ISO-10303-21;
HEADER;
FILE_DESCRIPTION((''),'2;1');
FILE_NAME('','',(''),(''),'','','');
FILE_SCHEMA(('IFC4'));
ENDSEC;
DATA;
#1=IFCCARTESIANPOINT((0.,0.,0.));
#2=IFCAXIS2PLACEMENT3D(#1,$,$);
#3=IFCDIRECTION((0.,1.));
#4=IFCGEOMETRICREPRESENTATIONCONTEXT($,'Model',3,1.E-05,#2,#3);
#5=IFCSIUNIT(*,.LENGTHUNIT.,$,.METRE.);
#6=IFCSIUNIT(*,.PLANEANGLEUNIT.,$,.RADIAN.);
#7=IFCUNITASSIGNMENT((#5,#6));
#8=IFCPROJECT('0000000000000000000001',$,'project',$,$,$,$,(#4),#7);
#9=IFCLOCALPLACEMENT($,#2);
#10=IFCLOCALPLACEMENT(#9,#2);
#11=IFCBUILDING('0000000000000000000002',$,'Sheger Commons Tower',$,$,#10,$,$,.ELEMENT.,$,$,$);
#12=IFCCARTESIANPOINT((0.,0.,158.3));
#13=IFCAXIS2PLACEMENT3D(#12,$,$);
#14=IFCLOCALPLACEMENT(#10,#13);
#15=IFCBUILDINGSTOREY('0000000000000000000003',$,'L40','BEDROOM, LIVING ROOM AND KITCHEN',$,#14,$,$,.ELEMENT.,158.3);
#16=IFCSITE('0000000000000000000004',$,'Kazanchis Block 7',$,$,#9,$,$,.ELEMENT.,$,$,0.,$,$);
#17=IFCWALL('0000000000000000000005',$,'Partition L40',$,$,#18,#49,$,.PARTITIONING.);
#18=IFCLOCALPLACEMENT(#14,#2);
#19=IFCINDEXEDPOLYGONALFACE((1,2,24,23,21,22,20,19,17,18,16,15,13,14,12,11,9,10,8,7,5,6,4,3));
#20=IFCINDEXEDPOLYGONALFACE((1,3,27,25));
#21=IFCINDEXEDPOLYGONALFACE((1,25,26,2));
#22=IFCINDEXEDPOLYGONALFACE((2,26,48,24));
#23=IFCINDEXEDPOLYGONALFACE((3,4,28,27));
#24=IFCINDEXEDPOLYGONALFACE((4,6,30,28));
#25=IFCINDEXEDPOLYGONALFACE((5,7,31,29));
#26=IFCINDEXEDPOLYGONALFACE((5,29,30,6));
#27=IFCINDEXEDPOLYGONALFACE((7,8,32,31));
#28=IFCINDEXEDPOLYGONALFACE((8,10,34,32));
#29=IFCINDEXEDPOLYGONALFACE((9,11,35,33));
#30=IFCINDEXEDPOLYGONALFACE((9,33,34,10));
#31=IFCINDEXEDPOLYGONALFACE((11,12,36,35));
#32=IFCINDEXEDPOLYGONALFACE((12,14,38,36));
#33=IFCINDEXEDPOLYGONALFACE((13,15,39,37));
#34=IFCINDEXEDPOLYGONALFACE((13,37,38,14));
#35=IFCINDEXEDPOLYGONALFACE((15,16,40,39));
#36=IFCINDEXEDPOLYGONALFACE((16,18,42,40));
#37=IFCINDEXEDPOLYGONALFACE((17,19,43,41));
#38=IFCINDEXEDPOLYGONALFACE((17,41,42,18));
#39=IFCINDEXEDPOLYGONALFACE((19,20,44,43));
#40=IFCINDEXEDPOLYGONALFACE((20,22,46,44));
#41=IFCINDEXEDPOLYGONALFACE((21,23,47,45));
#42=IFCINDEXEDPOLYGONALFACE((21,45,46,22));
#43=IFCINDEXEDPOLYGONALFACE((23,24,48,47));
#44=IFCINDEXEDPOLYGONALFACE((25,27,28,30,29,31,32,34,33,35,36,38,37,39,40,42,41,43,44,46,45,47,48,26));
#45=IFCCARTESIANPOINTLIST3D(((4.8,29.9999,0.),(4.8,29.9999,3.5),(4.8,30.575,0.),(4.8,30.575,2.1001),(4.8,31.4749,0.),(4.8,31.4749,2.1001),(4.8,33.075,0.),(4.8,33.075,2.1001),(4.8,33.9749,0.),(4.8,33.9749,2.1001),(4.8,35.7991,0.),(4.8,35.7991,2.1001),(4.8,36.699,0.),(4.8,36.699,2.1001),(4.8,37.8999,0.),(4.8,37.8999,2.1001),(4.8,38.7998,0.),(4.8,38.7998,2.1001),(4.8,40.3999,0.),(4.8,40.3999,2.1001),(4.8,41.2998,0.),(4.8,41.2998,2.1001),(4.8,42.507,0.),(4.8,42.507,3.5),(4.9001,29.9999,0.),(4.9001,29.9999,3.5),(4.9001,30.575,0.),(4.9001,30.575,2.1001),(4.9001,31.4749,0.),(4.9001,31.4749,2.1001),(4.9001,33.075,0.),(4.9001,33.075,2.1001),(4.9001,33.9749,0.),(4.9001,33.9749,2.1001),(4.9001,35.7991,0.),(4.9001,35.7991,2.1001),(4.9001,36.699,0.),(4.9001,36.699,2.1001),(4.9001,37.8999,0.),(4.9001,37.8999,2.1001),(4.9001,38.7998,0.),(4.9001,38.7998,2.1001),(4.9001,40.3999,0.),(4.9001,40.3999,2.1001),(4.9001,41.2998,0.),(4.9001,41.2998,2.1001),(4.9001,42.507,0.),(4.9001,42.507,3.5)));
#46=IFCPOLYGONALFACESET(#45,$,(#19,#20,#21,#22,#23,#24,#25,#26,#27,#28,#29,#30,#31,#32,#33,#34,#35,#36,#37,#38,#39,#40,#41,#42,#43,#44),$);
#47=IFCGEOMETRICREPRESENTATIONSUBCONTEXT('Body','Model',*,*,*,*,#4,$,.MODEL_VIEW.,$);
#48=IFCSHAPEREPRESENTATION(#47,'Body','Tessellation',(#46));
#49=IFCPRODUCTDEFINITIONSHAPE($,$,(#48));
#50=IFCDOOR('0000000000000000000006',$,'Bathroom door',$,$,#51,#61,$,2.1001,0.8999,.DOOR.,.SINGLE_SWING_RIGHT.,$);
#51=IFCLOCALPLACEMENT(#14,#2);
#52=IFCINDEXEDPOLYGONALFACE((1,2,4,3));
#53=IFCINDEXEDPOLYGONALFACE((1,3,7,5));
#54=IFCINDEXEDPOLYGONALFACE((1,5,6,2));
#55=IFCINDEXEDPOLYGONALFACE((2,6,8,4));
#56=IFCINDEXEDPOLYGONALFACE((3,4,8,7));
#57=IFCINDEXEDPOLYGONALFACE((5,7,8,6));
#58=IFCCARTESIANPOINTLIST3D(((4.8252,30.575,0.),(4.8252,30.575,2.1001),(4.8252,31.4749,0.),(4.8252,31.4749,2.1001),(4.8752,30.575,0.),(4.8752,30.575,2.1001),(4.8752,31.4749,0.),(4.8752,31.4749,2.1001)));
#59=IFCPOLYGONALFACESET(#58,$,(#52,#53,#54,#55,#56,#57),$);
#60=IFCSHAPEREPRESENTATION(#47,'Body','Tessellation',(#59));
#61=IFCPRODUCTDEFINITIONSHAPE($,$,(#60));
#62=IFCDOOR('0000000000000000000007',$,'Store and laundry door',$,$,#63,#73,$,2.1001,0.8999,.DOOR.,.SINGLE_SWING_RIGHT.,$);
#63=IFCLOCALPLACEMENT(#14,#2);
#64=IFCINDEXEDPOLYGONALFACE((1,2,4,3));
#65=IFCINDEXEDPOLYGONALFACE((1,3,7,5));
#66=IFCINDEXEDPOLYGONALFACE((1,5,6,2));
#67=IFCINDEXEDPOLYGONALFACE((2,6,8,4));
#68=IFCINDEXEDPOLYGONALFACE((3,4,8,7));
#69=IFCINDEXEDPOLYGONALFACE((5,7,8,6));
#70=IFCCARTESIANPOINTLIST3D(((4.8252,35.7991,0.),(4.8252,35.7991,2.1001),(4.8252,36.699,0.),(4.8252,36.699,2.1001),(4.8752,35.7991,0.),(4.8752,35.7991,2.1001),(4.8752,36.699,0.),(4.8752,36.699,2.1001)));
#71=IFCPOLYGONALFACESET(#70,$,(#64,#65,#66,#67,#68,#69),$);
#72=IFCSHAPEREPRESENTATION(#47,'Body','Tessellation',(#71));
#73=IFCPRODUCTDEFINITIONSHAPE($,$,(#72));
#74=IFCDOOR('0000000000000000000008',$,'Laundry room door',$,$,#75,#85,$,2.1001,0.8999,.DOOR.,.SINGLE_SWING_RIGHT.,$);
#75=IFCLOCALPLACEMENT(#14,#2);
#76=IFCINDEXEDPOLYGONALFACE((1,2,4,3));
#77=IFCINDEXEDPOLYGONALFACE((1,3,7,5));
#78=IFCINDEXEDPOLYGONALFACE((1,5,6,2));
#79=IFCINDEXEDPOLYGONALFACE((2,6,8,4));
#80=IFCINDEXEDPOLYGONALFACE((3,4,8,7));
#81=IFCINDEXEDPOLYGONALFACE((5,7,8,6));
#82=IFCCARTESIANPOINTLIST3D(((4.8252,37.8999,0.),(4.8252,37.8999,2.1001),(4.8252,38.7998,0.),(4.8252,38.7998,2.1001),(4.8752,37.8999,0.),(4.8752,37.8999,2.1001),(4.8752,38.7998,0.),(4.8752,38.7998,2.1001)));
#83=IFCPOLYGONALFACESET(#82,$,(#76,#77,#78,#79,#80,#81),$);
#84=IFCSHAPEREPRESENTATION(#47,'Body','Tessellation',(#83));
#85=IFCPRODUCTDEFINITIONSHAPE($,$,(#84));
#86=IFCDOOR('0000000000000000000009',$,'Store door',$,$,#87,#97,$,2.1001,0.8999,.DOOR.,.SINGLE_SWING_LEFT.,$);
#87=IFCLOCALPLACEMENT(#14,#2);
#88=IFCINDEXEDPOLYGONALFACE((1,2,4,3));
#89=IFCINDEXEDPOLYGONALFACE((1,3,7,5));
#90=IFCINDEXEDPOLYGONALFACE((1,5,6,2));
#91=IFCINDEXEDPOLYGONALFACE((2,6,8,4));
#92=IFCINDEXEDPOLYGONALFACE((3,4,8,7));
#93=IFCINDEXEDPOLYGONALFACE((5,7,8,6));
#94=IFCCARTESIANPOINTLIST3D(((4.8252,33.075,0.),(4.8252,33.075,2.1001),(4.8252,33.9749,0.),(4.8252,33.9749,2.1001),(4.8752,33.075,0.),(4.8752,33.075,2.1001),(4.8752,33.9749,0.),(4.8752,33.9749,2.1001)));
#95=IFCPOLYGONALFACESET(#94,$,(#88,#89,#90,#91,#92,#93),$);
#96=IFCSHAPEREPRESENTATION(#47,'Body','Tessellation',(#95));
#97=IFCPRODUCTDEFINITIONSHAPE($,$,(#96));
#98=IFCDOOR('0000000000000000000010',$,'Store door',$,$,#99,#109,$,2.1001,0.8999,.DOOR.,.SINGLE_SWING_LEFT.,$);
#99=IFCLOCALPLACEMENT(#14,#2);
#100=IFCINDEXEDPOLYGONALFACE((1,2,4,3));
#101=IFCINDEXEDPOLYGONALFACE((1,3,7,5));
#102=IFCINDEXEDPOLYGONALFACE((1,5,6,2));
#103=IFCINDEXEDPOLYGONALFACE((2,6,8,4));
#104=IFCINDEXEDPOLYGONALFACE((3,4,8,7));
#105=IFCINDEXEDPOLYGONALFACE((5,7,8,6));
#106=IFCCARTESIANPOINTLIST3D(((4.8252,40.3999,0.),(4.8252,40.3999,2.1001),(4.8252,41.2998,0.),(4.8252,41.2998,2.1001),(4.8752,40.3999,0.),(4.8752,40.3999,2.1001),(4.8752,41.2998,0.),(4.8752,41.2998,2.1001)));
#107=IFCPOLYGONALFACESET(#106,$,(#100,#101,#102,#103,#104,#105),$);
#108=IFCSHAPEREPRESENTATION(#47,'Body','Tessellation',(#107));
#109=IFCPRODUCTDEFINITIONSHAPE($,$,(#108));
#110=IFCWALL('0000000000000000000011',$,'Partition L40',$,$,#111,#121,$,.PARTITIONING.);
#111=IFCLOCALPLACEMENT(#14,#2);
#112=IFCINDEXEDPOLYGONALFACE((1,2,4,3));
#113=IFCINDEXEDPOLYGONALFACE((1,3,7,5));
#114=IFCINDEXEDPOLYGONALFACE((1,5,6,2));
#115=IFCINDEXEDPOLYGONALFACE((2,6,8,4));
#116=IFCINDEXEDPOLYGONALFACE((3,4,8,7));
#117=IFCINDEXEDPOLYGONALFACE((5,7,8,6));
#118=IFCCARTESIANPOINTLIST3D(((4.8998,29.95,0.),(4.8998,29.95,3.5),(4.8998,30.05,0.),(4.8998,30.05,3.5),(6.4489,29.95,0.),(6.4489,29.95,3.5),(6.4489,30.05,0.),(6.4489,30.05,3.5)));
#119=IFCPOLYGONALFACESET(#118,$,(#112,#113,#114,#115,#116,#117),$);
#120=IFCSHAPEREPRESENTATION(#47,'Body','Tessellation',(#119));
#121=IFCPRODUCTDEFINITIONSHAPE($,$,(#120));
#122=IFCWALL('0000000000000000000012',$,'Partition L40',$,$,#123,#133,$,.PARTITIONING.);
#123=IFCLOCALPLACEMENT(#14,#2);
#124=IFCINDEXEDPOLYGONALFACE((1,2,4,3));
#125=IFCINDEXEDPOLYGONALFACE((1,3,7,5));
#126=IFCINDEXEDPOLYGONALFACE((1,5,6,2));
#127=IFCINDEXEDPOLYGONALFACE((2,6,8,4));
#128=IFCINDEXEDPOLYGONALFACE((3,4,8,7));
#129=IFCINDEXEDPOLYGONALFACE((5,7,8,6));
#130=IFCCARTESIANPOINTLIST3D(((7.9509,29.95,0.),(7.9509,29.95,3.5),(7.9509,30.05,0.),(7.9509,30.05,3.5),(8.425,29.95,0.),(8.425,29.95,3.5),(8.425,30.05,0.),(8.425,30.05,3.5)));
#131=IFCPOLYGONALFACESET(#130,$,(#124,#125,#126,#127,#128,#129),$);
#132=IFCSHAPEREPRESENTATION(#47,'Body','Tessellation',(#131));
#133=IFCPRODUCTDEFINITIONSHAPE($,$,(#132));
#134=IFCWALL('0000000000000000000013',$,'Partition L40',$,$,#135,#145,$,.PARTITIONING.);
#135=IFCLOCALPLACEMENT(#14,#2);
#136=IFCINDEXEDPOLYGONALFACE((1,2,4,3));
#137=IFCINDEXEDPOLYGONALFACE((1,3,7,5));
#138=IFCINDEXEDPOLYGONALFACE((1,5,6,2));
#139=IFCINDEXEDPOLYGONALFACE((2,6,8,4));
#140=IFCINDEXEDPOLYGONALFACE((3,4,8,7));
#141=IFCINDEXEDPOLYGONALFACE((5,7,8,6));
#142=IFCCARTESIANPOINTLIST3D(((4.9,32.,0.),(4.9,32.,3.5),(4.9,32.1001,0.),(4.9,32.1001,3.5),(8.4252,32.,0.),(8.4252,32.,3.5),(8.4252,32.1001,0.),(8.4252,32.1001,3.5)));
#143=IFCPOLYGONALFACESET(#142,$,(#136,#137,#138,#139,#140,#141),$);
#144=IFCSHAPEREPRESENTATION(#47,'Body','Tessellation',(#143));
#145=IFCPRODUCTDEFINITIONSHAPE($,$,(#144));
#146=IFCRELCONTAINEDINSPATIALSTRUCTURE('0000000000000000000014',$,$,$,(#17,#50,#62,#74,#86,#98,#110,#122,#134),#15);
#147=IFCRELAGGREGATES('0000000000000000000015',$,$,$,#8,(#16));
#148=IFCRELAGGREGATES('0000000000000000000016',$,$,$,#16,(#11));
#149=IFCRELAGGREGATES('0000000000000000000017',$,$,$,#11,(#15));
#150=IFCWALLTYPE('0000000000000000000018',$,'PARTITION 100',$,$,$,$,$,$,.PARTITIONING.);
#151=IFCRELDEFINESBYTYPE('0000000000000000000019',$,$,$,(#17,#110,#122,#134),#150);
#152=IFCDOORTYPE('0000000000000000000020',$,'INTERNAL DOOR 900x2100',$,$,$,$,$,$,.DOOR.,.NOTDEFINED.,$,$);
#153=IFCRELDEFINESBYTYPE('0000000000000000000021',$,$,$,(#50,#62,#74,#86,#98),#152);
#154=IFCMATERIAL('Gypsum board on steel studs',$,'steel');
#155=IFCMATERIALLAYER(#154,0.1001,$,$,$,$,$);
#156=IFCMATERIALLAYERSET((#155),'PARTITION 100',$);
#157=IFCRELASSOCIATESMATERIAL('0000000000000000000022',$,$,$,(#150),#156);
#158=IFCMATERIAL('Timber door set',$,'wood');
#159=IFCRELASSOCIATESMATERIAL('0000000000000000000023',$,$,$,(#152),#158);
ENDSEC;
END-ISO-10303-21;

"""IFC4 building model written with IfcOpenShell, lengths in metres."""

from ifc_helpers import new_model, si_unit, direction, frame, frame_2d, origin, place, context, subcontext, project, spatial, rectangle, extrude, material, layer, layer_set, type_object, element, fill, save


model = new_model("IFC4")

# Units and contexts
model_context = context("Model", 3, precision=1e-05, world=origin(), true_north=direction((0.0, 1.0)))
body_context = subcontext(model_context, "Body", "Model", "MODEL_VIEW")
ifc_project = project(units=[si_unit("LENGTHUNIT", "METRE"), si_unit("PLANEANGLEUNIT", "RADIAN")], contexts=[model_context])

# Site, building, storey
site_placement = place(None, origin())
site = spatial("IfcSite", under=ifc_project, at=site_placement, Name="Kazanchis Block 7", CompositionType="ELEMENT", RefElevation=0.0)
building_placement = place(site_placement, origin())
building = spatial("IfcBuilding", under=site, at=building_placement, Name="Sheger Commons Tower", CompositionType="ELEMENT")
storey_placement = place(building_placement, frame((0.0, 0.0, 158.3)))
storey = spatial("IfcBuildingStorey", under=building, at=storey_placement, Name="L40", Description="BEDROOM, LIVING ROOM AND KITCHEN", CompositionType="ELEMENT", Elevation=158.3)

# Shared definitions
ifc_material_1 = material(Name="Gypsum board on steel studs", Category="steel")
ifc_layer_1 = layer(ifc_material_1, 0.1001)
ifc_layer_set_1 = layer_set([ifc_layer_1], Name="PARTITION 100")
wall_type_1 = type_object("IfcWallType", Name="PARTITION 100", PredefinedType="PARTITIONING", material=ifc_layer_set_1)

# Wall, openings, doors
wall_1_placement = place(storey_placement, frame((4.8501, 30.0, 0.0), z_axis=(0.0, 0.0, 1.0), x_axis=(0.0, 1.0, 0.0)))
wall_1 = element("IfcWall", 1, at=wall_1_placement, inside=storey, type_object=wall_type_1, Name="Partition L40", PredefinedType="PARTITIONING", context=body_context, shape_type="SweptSolid", body=[
    extrude(rectangle(XDim=12.5071, YDim=0.1001, at=frame_2d((6.2534, 0.0))), origin(), (0.0, 0.0, 1.0), 3.5),
])
opening_1_placement = place(wall_1_placement, frame((0.575, 0.0, 0.0)))
opening_1 = element("IfcOpeningElement", 2, at=opening_1_placement, cuts=wall_1, PredefinedType="OPENING", context=body_context, shape_type="SweptSolid", body=[
    extrude(rectangle(XDim=0.8999, YDim=2.1001, at=frame_2d((0.45, 1.05))), frame((0.0, 0.0601, 0.0), z_axis=(0.0, -1.0, 0.0), x_axis=(1.0, 0.0, 0.0)), (0.0, 0.0, 1.0), 0.1201),
])
opening_2_placement = place(wall_1_placement, frame((5.7991, 0.0, 0.0)))
opening_2 = element("IfcOpeningElement", 3, at=opening_2_placement, cuts=wall_1, PredefinedType="OPENING", context=body_context, shape_type="SweptSolid", body=[
    extrude(rectangle(XDim=0.8999, YDim=2.1001, at=frame_2d((0.45, 1.05))), frame((0.0, 0.0601, 0.0), z_axis=(0.0, -1.0, 0.0), x_axis=(1.0, 0.0, 0.0)), (0.0, 0.0, 1.0), 0.1201),
])
opening_3_placement = place(wall_1_placement, frame((7.8999, 0.0, 0.0)))
opening_3 = element("IfcOpeningElement", 4, at=opening_3_placement, cuts=wall_1, PredefinedType="OPENING", context=body_context, shape_type="SweptSolid", body=[
    extrude(rectangle(XDim=0.8999, YDim=2.1001, at=frame_2d((0.45, 1.05))), frame((0.0, 0.0601, 0.0), z_axis=(0.0, -1.0, 0.0), x_axis=(1.0, 0.0, 0.0)), (0.0, 0.0, 1.0), 0.1201),
])
opening_4_placement = place(wall_1_placement, frame((3.075, 0.0, 0.0)))
opening_4 = element("IfcOpeningElement", 5, at=opening_4_placement, cuts=wall_1, PredefinedType="OPENING", context=body_context, shape_type="SweptSolid", body=[
    extrude(rectangle(XDim=0.8999, YDim=2.1001, at=frame_2d((0.45, 1.05))), frame((0.0, 0.0601, 0.0), z_axis=(0.0, -1.0, 0.0), x_axis=(1.0, 0.0, 0.0)), (0.0, 0.0, 1.0), 0.1201),
])
opening_5_placement = place(wall_1_placement, frame((10.3999, 0.0, 0.0)))
opening_5 = element("IfcOpeningElement", 6, at=opening_5_placement, cuts=wall_1, PredefinedType="OPENING", context=body_context, shape_type="SweptSolid", body=[
    extrude(rectangle(XDim=0.8999, YDim=2.1001, at=frame_2d((0.45, 1.05))), frame((0.0, 0.0601, 0.0), z_axis=(0.0, -1.0, 0.0), x_axis=(1.0, 0.0, 0.0)), (0.0, 0.0, 1.0), 0.1201),
])
ifc_material_2 = material(Name="Timber door set", Category="wood")
door_type_1 = type_object("IfcDoorType", Name="INTERNAL DOOR 900x2100", OperationType="NOTDEFINED", PredefinedType="DOOR", material=ifc_material_2)
door_1_placement = place(opening_1_placement, origin())
door_1 = element("IfcDoor", 7, at=door_1_placement, inside=storey, type_object=door_type_1, Name="Bathroom door", OperationType="SINGLE_SWING_RIGHT", OverallHeight=2.1001, OverallWidth=0.8999, PredefinedType="DOOR", context=body_context, shape_type="SweptSolid", body=[
    extrude(rectangle(XDim=0.8999, YDim=2.1001, at=frame_2d((0.45, 1.05))), frame((0.0, 0.0249, 0.0), z_axis=(0.0, -1.0, 0.0), x_axis=(1.0, 0.0, 0.0)), (0.0, 0.0, 1.0), 0.05),
])
fill(opening_1, door_1)
door_2_placement = place(opening_2_placement, origin())
door_2 = element("IfcDoor", 8, at=door_2_placement, inside=storey, type_object=door_type_1, Name="Store and laundry door", OperationType="SINGLE_SWING_RIGHT", OverallHeight=2.1001, OverallWidth=0.8999, PredefinedType="DOOR", context=body_context, shape_type="SweptSolid", body=[
    extrude(rectangle(XDim=0.8999, YDim=2.1001, at=frame_2d((0.45, 1.05))), frame((0.0, 0.0249, 0.0), z_axis=(0.0, -1.0, 0.0), x_axis=(1.0, 0.0, 0.0)), (0.0, 0.0, 1.0), 0.05),
])
fill(opening_2, door_2)
door_3_placement = place(opening_3_placement, origin())
door_3 = element("IfcDoor", 9, at=door_3_placement, inside=storey, type_object=door_type_1, Name="Laundry room door", OperationType="SINGLE_SWING_RIGHT", OverallHeight=2.1001, OverallWidth=0.8999, PredefinedType="DOOR", context=body_context, shape_type="SweptSolid", body=[
    extrude(rectangle(XDim=0.8999, YDim=2.1001, at=frame_2d((0.45, 1.05))), frame((0.0, 0.0249, 0.0), z_axis=(0.0, -1.0, 0.0), x_axis=(1.0, 0.0, 0.0)), (0.0, 0.0, 1.0), 0.05),
])
fill(opening_3, door_3)
door_4_placement = place(opening_4_placement, origin())
door_4 = element("IfcDoor", 10, at=door_4_placement, inside=storey, type_object=door_type_1, Name="Store door", OperationType="SINGLE_SWING_LEFT", OverallHeight=2.1001, OverallWidth=0.8999, PredefinedType="DOOR", context=body_context, shape_type="SweptSolid", body=[
    extrude(rectangle(XDim=0.8999, YDim=2.1001, at=frame_2d((0.45, 1.05))), frame((0.0, 0.0249, 0.0), z_axis=(0.0, -1.0, 0.0), x_axis=(1.0, 0.0, 0.0)), (0.0, 0.0, 1.0), 0.05),
])
fill(opening_4, door_4)
door_5_placement = place(opening_5_placement, origin())
door_5 = element("IfcDoor", 11, at=door_5_placement, inside=storey, type_object=door_type_1, Name="Store door", OperationType="SINGLE_SWING_LEFT", OverallHeight=2.1001, OverallWidth=0.8999, PredefinedType="DOOR", context=body_context, shape_type="SweptSolid", body=[
    extrude(rectangle(XDim=0.8999, YDim=2.1001, at=frame_2d((0.45, 1.05))), frame((0.0, 0.0249, 0.0), z_axis=(0.0, -1.0, 0.0), x_axis=(1.0, 0.0, 0.0)), (0.0, 0.0, 1.0), 0.05),
])
fill(opening_5, door_5)

# Walls
wall_2_placement = place(storey_placement, frame((4.8999, 30.0, 0.0), z_axis=(0.0, 0.0, 1.0), x_axis=(1.0, 0.0, 0.0)))
element("IfcWall", 12, at=wall_2_placement, inside=storey, type_object=wall_type_1, Name="Partition L40", PredefinedType="PARTITIONING", context=body_context, shape_type="SweptSolid", body=[
    extrude(rectangle(XDim=1.5491, YDim=0.1001, at=frame_2d((0.7744, 0.0))), origin(), (0.0, 0.0, 1.0), 3.5),
])
wall_3_placement = place(storey_placement, frame((7.9509, 30.0, 0.0), z_axis=(0.0, 0.0, 1.0), x_axis=(1.0, 0.0, 0.0)))
element("IfcWall", 13, at=wall_3_placement, inside=storey, type_object=wall_type_1, Name="Partition L40", PredefinedType="PARTITIONING", context=body_context, shape_type="SweptSolid", body=[
    extrude(rectangle(XDim=0.4741, YDim=0.1001, at=frame_2d((0.2371, 0.0))), origin(), (0.0, 0.0, 1.0), 3.5),
])
wall_4_placement = place(storey_placement, frame((4.8999, 32.05, 0.0), z_axis=(0.0, 0.0, 1.0), x_axis=(1.0, 0.0, 0.0)))
element("IfcWall", 14, at=wall_4_placement, inside=storey, type_object=wall_type_1, Name="Partition L40", PredefinedType="PARTITIONING", context=body_context, shape_type="SweptSolid", body=[
    extrude(rectangle(XDim=3.5251, YDim=0.1001, at=frame_2d((1.7627, 0.0))), origin(), (0.0, 0.0, 1.0), 3.5),
])

save(model, "model.ifc")
